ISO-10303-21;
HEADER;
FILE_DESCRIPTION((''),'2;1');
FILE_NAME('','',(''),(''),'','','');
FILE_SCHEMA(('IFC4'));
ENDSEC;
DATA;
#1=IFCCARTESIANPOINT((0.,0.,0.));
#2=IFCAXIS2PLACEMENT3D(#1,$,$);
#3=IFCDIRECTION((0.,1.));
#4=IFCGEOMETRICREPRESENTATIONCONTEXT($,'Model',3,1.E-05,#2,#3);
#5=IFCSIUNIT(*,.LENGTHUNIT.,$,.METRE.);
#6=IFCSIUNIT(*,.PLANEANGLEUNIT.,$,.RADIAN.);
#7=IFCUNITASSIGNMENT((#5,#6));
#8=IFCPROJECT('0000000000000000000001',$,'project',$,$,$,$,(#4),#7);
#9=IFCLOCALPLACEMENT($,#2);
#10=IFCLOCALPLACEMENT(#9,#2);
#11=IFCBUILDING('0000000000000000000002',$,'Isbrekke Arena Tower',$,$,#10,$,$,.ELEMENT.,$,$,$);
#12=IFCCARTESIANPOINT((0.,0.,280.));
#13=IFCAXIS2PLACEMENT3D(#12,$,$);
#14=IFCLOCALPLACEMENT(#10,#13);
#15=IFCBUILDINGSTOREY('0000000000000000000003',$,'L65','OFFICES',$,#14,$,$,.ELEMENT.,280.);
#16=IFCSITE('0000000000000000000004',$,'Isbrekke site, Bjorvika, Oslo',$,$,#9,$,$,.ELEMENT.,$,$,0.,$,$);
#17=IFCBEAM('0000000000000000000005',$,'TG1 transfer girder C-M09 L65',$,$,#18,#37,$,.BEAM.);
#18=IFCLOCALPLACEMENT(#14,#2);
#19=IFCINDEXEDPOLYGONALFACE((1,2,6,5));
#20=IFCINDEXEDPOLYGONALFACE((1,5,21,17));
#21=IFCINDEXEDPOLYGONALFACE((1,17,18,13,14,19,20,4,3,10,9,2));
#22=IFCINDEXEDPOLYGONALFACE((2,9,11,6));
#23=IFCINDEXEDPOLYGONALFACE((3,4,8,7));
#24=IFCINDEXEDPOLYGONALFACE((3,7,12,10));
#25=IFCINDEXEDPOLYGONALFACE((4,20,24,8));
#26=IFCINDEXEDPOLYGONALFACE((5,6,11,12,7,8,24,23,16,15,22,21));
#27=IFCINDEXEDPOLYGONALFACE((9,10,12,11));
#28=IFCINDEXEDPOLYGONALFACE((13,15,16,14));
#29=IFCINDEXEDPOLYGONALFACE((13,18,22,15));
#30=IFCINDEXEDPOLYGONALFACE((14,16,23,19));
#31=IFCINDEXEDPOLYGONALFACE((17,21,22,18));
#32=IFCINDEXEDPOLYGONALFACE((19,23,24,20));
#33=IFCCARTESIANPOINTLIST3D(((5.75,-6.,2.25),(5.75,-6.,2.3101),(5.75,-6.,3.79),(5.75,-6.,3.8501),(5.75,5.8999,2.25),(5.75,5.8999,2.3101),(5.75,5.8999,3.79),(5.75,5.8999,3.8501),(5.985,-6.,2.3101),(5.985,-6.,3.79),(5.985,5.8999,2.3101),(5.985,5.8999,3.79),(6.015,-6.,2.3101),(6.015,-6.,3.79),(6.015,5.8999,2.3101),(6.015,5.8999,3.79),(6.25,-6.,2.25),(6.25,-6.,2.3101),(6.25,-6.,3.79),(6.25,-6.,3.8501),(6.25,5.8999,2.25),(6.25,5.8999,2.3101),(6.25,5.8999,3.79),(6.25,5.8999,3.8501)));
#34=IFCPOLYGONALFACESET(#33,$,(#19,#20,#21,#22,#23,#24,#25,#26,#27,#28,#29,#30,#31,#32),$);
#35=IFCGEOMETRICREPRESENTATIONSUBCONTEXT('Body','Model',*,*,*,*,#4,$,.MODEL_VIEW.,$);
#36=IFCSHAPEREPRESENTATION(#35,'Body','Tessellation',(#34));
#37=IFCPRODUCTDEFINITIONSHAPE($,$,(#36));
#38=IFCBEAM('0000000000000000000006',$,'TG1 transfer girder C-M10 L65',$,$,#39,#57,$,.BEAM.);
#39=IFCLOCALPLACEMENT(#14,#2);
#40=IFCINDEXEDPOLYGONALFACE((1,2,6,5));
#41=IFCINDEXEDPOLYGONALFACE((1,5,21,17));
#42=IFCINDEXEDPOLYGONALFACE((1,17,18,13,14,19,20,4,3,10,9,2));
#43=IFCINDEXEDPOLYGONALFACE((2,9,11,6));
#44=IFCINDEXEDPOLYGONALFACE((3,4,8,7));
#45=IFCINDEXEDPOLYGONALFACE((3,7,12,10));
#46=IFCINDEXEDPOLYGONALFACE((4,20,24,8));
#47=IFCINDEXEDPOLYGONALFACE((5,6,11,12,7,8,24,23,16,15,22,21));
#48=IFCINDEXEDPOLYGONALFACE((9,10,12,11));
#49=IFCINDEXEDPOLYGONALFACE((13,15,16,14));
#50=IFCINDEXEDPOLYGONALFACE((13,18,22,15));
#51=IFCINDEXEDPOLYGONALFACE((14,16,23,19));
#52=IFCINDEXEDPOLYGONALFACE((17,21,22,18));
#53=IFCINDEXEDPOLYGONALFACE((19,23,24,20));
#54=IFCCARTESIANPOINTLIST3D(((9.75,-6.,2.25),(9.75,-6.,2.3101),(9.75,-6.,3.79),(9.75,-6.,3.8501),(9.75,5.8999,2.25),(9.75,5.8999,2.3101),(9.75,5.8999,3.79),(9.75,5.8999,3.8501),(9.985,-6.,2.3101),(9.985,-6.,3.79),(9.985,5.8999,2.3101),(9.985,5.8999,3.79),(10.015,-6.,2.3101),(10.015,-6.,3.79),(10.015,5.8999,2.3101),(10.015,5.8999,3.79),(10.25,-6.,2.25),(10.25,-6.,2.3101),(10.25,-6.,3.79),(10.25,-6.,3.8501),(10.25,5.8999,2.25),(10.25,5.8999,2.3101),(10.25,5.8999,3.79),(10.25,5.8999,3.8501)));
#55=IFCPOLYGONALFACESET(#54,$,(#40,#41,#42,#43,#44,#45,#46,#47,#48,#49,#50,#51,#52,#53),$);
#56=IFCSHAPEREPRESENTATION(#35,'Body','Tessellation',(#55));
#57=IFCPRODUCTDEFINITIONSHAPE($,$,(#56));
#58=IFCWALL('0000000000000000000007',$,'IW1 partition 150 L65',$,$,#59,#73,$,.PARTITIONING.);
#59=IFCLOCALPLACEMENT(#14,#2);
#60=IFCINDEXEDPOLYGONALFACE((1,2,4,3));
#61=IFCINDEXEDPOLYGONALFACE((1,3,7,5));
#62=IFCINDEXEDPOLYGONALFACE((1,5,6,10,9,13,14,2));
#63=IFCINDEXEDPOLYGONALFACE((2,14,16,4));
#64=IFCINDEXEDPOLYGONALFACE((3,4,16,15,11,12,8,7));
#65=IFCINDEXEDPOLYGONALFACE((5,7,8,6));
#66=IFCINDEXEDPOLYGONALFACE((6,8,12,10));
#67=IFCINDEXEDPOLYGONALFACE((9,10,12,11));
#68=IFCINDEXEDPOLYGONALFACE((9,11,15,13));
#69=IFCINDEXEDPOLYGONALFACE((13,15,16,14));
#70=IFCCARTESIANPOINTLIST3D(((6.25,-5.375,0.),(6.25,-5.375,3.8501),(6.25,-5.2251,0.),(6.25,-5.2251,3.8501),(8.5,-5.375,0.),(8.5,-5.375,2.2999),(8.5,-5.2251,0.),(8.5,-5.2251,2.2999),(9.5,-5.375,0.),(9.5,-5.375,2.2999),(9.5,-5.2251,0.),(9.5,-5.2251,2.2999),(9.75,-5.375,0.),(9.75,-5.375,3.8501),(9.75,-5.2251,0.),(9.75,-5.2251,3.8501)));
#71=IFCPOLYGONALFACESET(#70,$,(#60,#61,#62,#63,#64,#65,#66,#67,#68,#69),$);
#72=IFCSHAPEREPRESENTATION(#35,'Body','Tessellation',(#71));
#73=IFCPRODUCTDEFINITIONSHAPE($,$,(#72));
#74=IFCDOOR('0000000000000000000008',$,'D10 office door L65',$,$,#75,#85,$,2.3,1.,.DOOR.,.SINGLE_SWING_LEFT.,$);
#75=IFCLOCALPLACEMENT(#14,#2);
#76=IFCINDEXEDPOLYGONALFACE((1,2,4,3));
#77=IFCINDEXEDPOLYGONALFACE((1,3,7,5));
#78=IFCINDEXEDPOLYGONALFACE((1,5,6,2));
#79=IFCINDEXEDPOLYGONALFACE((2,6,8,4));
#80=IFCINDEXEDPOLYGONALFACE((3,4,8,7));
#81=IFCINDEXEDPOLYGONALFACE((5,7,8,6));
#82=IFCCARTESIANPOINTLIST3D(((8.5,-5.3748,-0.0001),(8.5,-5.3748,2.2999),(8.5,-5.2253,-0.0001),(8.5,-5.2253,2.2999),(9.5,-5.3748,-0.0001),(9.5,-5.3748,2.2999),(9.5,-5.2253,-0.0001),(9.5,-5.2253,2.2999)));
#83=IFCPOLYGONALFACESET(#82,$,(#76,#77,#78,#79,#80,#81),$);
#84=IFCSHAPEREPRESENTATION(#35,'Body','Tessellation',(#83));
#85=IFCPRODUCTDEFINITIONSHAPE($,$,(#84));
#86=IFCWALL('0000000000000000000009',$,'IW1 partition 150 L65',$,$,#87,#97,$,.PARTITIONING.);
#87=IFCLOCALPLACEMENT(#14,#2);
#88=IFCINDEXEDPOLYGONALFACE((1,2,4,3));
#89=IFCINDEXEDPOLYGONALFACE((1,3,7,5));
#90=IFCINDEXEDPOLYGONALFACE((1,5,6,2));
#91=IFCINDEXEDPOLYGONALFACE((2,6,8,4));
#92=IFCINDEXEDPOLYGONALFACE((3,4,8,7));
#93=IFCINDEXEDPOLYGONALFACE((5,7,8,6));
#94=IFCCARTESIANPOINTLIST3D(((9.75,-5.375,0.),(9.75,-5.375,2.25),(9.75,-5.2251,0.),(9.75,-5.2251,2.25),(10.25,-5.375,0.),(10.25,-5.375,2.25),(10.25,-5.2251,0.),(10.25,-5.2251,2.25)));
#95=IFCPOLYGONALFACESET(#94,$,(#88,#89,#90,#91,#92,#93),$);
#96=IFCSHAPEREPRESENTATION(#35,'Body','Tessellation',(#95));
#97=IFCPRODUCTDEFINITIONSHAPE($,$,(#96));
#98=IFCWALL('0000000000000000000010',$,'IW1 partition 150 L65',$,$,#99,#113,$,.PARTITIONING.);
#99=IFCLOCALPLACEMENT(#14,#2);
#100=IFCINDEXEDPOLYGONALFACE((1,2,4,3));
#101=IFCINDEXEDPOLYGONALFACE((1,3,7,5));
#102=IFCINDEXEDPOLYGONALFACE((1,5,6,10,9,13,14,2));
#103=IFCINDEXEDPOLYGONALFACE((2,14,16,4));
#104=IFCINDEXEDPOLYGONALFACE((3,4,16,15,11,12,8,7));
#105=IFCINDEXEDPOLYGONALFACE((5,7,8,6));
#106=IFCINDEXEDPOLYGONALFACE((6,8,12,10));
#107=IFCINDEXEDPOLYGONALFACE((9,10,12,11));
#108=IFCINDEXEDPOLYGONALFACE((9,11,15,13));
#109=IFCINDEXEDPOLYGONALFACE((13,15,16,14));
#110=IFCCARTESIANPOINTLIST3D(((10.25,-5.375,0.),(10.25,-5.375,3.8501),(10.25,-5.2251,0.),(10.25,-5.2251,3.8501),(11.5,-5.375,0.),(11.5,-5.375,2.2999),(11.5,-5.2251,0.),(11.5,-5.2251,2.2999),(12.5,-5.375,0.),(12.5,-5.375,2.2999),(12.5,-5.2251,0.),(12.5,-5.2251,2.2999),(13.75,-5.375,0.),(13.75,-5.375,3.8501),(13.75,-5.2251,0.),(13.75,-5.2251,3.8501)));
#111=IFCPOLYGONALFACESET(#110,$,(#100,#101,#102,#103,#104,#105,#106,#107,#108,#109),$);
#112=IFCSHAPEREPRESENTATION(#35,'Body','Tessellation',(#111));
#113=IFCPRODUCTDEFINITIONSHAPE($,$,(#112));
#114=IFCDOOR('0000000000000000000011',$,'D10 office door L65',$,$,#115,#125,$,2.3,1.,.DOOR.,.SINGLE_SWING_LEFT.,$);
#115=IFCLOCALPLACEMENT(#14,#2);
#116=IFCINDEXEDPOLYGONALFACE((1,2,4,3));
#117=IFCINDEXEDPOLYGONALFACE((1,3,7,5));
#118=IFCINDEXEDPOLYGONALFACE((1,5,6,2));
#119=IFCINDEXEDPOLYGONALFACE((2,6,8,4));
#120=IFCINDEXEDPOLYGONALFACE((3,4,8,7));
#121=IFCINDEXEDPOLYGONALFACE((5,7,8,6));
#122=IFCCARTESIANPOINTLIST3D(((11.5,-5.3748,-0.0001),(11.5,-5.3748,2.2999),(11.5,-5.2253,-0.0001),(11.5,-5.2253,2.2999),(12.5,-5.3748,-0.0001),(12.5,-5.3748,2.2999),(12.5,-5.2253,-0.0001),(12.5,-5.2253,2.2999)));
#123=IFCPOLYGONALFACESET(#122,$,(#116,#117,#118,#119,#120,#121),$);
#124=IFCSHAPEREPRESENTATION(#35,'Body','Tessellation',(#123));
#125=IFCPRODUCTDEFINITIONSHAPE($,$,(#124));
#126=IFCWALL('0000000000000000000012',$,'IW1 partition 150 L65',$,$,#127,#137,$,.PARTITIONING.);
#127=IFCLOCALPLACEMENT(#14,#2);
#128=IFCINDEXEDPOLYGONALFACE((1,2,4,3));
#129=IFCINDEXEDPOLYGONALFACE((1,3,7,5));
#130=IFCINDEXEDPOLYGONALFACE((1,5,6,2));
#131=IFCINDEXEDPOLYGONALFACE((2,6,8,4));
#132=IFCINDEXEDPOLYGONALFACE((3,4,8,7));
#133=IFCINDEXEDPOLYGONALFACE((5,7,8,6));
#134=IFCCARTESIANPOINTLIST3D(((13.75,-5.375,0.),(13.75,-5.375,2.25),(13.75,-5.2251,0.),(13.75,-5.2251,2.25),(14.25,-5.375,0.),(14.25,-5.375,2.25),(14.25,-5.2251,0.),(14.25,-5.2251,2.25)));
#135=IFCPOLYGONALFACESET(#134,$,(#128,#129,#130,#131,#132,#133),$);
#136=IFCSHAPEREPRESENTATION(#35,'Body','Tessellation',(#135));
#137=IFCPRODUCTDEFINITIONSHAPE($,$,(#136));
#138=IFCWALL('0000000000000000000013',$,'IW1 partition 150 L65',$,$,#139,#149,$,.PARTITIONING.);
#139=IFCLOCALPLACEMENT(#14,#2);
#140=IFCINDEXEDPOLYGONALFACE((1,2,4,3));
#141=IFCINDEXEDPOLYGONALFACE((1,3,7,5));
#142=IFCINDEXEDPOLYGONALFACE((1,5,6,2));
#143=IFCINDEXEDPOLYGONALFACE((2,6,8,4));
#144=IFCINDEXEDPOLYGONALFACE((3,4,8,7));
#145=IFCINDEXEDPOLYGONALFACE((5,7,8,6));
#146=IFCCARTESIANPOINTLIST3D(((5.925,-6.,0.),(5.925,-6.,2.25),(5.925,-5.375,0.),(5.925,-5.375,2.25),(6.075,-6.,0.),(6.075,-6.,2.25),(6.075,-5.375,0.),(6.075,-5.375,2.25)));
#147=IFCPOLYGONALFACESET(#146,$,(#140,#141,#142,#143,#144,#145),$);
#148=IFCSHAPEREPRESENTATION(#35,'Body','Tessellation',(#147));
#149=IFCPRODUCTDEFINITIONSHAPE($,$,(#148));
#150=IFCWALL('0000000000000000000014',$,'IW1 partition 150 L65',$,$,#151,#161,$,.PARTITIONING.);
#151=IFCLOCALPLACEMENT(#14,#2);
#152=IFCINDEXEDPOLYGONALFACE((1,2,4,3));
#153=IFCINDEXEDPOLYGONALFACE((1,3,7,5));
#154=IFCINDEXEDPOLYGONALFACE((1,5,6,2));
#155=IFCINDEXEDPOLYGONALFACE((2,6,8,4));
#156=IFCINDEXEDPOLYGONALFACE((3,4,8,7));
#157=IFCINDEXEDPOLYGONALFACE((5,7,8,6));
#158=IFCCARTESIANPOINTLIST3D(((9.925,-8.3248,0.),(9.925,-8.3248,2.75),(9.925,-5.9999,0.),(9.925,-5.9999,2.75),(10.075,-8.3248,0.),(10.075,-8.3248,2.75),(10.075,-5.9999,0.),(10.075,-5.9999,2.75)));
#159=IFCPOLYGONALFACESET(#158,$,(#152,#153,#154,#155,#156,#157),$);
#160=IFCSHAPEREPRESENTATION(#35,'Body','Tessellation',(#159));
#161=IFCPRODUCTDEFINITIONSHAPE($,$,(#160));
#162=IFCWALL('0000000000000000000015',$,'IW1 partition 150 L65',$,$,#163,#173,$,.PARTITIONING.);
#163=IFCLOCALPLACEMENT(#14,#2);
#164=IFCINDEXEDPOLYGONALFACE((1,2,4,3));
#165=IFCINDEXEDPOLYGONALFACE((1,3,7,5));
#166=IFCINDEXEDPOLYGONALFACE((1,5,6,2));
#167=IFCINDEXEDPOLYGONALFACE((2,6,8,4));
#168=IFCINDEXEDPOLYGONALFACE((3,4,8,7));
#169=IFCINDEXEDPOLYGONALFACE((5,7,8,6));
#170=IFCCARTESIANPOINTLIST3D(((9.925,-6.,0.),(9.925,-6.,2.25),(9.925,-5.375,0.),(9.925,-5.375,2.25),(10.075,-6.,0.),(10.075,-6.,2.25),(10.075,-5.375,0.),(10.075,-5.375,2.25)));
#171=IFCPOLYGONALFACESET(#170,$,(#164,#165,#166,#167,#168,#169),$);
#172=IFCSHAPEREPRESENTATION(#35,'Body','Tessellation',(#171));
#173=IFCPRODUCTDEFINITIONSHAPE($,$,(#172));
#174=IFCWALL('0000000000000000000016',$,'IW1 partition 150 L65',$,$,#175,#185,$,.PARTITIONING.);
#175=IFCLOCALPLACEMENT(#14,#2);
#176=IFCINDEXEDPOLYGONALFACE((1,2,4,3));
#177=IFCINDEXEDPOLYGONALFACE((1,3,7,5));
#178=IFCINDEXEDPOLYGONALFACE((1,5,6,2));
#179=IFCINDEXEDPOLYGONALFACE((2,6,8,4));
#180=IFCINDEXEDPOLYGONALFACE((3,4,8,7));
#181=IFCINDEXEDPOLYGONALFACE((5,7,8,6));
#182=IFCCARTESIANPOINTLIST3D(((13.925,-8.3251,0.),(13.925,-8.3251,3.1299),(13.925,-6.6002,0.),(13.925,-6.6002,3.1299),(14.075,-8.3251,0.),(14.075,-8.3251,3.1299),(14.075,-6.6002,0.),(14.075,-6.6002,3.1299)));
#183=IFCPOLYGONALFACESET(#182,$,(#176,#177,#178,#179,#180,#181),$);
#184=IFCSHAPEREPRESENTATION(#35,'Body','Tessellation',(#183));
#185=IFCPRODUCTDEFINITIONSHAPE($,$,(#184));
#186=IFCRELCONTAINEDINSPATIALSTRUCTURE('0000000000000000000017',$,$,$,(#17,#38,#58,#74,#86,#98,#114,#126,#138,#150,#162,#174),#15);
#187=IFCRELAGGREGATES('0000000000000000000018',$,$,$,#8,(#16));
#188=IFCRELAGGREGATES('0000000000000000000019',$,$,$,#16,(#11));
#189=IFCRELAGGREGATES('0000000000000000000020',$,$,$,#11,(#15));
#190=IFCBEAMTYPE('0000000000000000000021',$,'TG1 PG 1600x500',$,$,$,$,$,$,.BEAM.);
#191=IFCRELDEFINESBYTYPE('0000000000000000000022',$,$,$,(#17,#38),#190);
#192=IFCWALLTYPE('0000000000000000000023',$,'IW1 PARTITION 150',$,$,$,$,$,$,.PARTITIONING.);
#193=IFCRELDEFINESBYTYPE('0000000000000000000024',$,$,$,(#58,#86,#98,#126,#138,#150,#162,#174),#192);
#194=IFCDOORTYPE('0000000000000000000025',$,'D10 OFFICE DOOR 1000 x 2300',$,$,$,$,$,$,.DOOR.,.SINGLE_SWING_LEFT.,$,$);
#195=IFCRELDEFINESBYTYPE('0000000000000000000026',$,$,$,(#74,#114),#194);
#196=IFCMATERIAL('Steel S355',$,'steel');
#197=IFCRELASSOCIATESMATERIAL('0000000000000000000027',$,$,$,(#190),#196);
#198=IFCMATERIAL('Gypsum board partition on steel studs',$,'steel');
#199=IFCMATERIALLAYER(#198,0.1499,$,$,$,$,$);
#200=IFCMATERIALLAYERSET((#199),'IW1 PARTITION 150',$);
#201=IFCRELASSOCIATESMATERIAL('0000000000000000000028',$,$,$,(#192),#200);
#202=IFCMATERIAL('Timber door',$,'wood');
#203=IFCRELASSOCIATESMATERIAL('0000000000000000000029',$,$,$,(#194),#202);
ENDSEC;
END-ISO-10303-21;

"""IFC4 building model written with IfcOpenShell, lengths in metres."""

from ifc_helpers import new_model, si_unit, direction, frame, frame_2d, origin, origin_2d, place, context, subcontext, project, spatial, rectangle, i_section, extrude, material, layer, layer_set, material_profile, profile_set, type_object, element, fill, save


model = new_model("IFC4")

# Units and contexts
model_context = context("Model", 3, precision=1e-05, world=origin(), true_north=direction((0.0, 1.0)))
body_context = subcontext(model_context, "Body", "Model", "MODEL_VIEW")
ifc_project = project(units=[si_unit("LENGTHUNIT", "METRE"), si_unit("PLANEANGLEUNIT", "RADIAN")], contexts=[model_context])

# Site, building, storey
site_placement = place(None, origin())
site = spatial("IfcSite", under=ifc_project, at=site_placement, Name="Isbrekke site, Bjorvika, Oslo", CompositionType="ELEMENT", RefElevation=0.0)
building_placement = place(site_placement, origin())
building = spatial("IfcBuilding", under=site, at=building_placement, Name="Isbrekke Arena Tower", CompositionType="ELEMENT")
storey_placement = place(building_placement, frame((0.0, 0.0, 280.0)))
storey = spatial("IfcBuildingStorey", under=building, at=storey_placement, Name="L65", Description="OFFICES", CompositionType="ELEMENT", Elevation=280.0)

# Beams
ifc_material_1 = material(Name="Steel S355", Category="steel")
ifc_material_profile_1 = material_profile(ifc_material_1, i_section(OverallWidth=0.5, OverallDepth=1.6001, WebThickness=0.03, FlangeThickness=0.0601, at=origin_2d()), Name="PG 1600x500")
ifc_profile_set_1 = profile_set([ifc_material_profile_1], Name="Steel S355")
beam_type_1 = type_object("IfcBeamType", Name="TG1 PG 1600x500", PredefinedType="BEAM", material=ifc_profile_set_1)
for number, where, z_axis, x_axis, name in (
    (1, (6.0, -6.0, 3.05), (0.0, 1.0, 0.0), (-1.0, 0.0, 0.0), "TG1 transfer girder C-M09 L65"),
    (2, (10.0, -6.0, 3.05), (0.0, 1.0, 0.0), (-1.0, 0.0, 0.0), "TG1 transfer girder C-M10 L65"),
):
    element("IfcBeam", number, at=place(storey_placement, frame(where, z_axis=z_axis, x_axis=x_axis)), inside=storey, type_object=beam_type_1, Name=name, PredefinedType="BEAM", context=body_context, shape_type="SweptSolid", body=[
        extrude(i_section(OverallWidth=0.5, OverallDepth=1.6001, WebThickness=0.03, FlangeThickness=0.0601, at=origin_2d()), origin(), (0.0, 0.0, 1.0), 11.8999),
    ])

# Wall, opening, door
ifc_material_2 = material(Name="Gypsum board partition on steel studs", Category="steel")
ifc_layer_1 = layer(ifc_material_2, 0.1499)
ifc_layer_set_1 = layer_set([ifc_layer_1], Name="IW1 PARTITION 150")
wall_type_1 = type_object("IfcWallType", Name="IW1 PARTITION 150", PredefinedType="PARTITIONING", material=ifc_layer_set_1)
wall_1_placement = place(storey_placement, frame((6.25, -5.3, 0.0), z_axis=(0.0, 0.0, 1.0), x_axis=(1.0, 0.0, 0.0)))
wall_1 = element("IfcWall", 3, at=wall_1_placement, inside=storey, type_object=wall_type_1, Name="IW1 partition 150 L65", PredefinedType="PARTITIONING", context=body_context, shape_type="SweptSolid", body=[
    extrude(rectangle(XDim=3.5, YDim=0.1499, at=frame_2d((1.75, 0.0))), origin(), (0.0, 0.0, 1.0), 3.8501),
])
opening_1_placement = place(wall_1_placement, frame((2.25, 0.0, 0.0)))
opening_1 = element("IfcOpeningElement", 4, at=opening_1_placement, cuts=wall_1, PredefinedType="OPENING", context=body_context, shape_type="SweptSolid", body=[
    extrude(rectangle(XDim=1.0, YDim=2.3, at=frame_2d((0.5, 1.1499))), frame((0.0, 0.0898, 0.0), z_axis=(0.0, -1.0, 0.0), x_axis=(1.0, 0.0, 0.0)), (0.0, 0.0, 1.0), 0.1797),
])
ifc_material_3 = material(Name="Timber door", Category="wood")
door_type_1 = type_object("IfcDoorType", Name="D10 OFFICE DOOR 1000 x 2300", OperationType="SINGLE_SWING_LEFT", PredefinedType="DOOR", material=ifc_material_3)
door_1_placement = place(opening_1_placement, origin())
door_1 = element("IfcDoor", 5, at=door_1_placement, inside=storey, type_object=door_type_1, Name="D10 office door L65", OperationType="SINGLE_SWING_LEFT", OverallHeight=2.3, OverallWidth=1.0, PredefinedType="DOOR", context=body_context, shape_type="SweptSolid", body=[
    extrude(rectangle(XDim=1.0, YDim=2.3, at=frame_2d((0.5, 1.1499))), frame((0.0, 0.0747, 0.0), z_axis=(0.0, -1.0, 0.0), x_axis=(1.0, 0.0, 0.0)), (0.0, 0.0, 1.0), 0.1494),
])
fill(opening_1, door_1)

# Wall
wall_2_placement = place(storey_placement, frame((9.75, -5.3, 0.0), z_axis=(0.0, 0.0, 1.0), x_axis=(1.0, 0.0, 0.0)))
element("IfcWall", 6, at=wall_2_placement, inside=storey, type_object=wall_type_1, Name="IW1 partition 150 L65", PredefinedType="PARTITIONING", context=body_context, shape_type="SweptSolid", body=[
    extrude(rectangle(XDim=0.5, YDim=0.1499, at=frame_2d((0.25, 0.0))), origin(), (0.0, 0.0, 1.0), 2.25),
])

# Wall, opening, door
wall_3_placement = place(storey_placement, frame((10.25, -5.3, 0.0), z_axis=(0.0, 0.0, 1.0), x_axis=(1.0, 0.0, 0.0)))
wall_3 = element("IfcWall", 7, at=wall_3_placement, inside=storey, type_object=wall_type_1, Name="IW1 partition 150 L65", PredefinedType="PARTITIONING", context=body_context, shape_type="SweptSolid", body=[
    extrude(rectangle(XDim=3.5, YDim=0.1499, at=frame_2d((1.75, 0.0))), origin(), (0.0, 0.0, 1.0), 3.8501),
])
opening_2_placement = place(wall_3_placement, frame((1.25, 0.0, 0.0)))
opening_2 = element("IfcOpeningElement", 8, at=opening_2_placement, cuts=wall_3, PredefinedType="OPENING", context=body_context, shape_type="SweptSolid", body=[
    extrude(rectangle(XDim=1.0, YDim=2.3, at=frame_2d((0.5, 1.1499))), frame((0.0, 0.0898, 0.0), z_axis=(0.0, -1.0, 0.0), x_axis=(1.0, 0.0, 0.0)), (0.0, 0.0, 1.0), 0.1797),
])
door_2_placement = place(opening_2_placement, origin())
door_2 = element("IfcDoor", 9, at=door_2_placement, inside=storey, type_object=door_type_1, Name="D10 office door L65", OperationType="SINGLE_SWING_LEFT", OverallHeight=2.3, OverallWidth=1.0, PredefinedType="DOOR", context=body_context, shape_type="SweptSolid", body=[
    extrude(rectangle(XDim=1.0, YDim=2.3, at=frame_2d((0.5, 1.1499))), frame((0.0, 0.0747, 0.0), z_axis=(0.0, -1.0, 0.0), x_axis=(1.0, 0.0, 0.0)), (0.0, 0.0, 1.0), 0.1494),
])
fill(opening_2, door_2)

# Walls
wall_4_placement = place(storey_placement, frame((13.75, -5.3, 0.0), z_axis=(0.0, 0.0, 1.0), x_axis=(1.0, 0.0, 0.0)))
element("IfcWall", 10, at=wall_4_placement, inside=storey, type_object=wall_type_1, Name="IW1 partition 150 L65", PredefinedType="PARTITIONING", context=body_context, shape_type="SweptSolid", body=[
    extrude(rectangle(XDim=0.5, YDim=0.1499, at=frame_2d((0.25, 0.0))), origin(), (0.0, 0.0, 1.0), 2.25),
])
wall_5_placement = place(storey_placement, frame((6.0, -6.0, 0.0), z_axis=(0.0, 0.0, 1.0), x_axis=(0.0, 1.0, 0.0)))
element("IfcWall", 11, at=wall_5_placement, inside=storey, type_object=wall_type_1, Name="IW1 partition 150 L65", PredefinedType="PARTITIONING", context=body_context, shape_type="SweptSolid", body=[
    extrude(rectangle(XDim=0.625, YDim=0.1499, at=frame_2d((0.3125, 0.0))), origin(), (0.0, 0.0, 1.0), 2.25),
])
wall_6_placement = place(storey_placement, frame((10.0, -8.325, 0.0), z_axis=(0.0, 0.0, 1.0), x_axis=(0.0, 1.0, 0.0)))
element("IfcWall", 12, at=wall_6_placement, inside=storey, type_object=wall_type_1, Name="IW1 partition 150 L65", PredefinedType="PARTITIONING", context=body_context, shape_type="SweptSolid", body=[
    extrude(rectangle(XDim=2.325, YDim=0.1499, at=frame_2d((1.1626, 0.0))), origin(), (0.0, 0.0, 1.0), 2.75),
])
wall_7_placement = place(storey_placement, frame((10.0, -6.0, 0.0), z_axis=(0.0, 0.0, 1.0), x_axis=(0.0, 1.0, 0.0)))
element("IfcWall", 13, at=wall_7_placement, inside=storey, type_object=wall_type_1, Name="IW1 partition 150 L65", PredefinedType="PARTITIONING", context=body_context, shape_type="SweptSolid", body=[
    extrude(rectangle(XDim=0.625, YDim=0.1499, at=frame_2d((0.3125, 0.0))), origin(), (0.0, 0.0, 1.0), 2.25),
])
wall_8_placement = place(storey_placement, frame((14.0, -8.325, 0.0), z_axis=(0.0, 0.0, 1.0), x_axis=(0.0, 1.0, 0.0)))
element("IfcWall", 14, at=wall_8_placement, inside=storey, type_object=wall_type_1, Name="IW1 partition 150 L65", PredefinedType="PARTITIONING", context=body_context, shape_type="SweptSolid", body=[
    extrude(rectangle(XDim=1.7249, YDim=0.1499, at=frame_2d((0.8623, 0.0))), origin(), (0.0, 0.0, 1.0), 3.1299),
])

save(model, "model.ifc")
